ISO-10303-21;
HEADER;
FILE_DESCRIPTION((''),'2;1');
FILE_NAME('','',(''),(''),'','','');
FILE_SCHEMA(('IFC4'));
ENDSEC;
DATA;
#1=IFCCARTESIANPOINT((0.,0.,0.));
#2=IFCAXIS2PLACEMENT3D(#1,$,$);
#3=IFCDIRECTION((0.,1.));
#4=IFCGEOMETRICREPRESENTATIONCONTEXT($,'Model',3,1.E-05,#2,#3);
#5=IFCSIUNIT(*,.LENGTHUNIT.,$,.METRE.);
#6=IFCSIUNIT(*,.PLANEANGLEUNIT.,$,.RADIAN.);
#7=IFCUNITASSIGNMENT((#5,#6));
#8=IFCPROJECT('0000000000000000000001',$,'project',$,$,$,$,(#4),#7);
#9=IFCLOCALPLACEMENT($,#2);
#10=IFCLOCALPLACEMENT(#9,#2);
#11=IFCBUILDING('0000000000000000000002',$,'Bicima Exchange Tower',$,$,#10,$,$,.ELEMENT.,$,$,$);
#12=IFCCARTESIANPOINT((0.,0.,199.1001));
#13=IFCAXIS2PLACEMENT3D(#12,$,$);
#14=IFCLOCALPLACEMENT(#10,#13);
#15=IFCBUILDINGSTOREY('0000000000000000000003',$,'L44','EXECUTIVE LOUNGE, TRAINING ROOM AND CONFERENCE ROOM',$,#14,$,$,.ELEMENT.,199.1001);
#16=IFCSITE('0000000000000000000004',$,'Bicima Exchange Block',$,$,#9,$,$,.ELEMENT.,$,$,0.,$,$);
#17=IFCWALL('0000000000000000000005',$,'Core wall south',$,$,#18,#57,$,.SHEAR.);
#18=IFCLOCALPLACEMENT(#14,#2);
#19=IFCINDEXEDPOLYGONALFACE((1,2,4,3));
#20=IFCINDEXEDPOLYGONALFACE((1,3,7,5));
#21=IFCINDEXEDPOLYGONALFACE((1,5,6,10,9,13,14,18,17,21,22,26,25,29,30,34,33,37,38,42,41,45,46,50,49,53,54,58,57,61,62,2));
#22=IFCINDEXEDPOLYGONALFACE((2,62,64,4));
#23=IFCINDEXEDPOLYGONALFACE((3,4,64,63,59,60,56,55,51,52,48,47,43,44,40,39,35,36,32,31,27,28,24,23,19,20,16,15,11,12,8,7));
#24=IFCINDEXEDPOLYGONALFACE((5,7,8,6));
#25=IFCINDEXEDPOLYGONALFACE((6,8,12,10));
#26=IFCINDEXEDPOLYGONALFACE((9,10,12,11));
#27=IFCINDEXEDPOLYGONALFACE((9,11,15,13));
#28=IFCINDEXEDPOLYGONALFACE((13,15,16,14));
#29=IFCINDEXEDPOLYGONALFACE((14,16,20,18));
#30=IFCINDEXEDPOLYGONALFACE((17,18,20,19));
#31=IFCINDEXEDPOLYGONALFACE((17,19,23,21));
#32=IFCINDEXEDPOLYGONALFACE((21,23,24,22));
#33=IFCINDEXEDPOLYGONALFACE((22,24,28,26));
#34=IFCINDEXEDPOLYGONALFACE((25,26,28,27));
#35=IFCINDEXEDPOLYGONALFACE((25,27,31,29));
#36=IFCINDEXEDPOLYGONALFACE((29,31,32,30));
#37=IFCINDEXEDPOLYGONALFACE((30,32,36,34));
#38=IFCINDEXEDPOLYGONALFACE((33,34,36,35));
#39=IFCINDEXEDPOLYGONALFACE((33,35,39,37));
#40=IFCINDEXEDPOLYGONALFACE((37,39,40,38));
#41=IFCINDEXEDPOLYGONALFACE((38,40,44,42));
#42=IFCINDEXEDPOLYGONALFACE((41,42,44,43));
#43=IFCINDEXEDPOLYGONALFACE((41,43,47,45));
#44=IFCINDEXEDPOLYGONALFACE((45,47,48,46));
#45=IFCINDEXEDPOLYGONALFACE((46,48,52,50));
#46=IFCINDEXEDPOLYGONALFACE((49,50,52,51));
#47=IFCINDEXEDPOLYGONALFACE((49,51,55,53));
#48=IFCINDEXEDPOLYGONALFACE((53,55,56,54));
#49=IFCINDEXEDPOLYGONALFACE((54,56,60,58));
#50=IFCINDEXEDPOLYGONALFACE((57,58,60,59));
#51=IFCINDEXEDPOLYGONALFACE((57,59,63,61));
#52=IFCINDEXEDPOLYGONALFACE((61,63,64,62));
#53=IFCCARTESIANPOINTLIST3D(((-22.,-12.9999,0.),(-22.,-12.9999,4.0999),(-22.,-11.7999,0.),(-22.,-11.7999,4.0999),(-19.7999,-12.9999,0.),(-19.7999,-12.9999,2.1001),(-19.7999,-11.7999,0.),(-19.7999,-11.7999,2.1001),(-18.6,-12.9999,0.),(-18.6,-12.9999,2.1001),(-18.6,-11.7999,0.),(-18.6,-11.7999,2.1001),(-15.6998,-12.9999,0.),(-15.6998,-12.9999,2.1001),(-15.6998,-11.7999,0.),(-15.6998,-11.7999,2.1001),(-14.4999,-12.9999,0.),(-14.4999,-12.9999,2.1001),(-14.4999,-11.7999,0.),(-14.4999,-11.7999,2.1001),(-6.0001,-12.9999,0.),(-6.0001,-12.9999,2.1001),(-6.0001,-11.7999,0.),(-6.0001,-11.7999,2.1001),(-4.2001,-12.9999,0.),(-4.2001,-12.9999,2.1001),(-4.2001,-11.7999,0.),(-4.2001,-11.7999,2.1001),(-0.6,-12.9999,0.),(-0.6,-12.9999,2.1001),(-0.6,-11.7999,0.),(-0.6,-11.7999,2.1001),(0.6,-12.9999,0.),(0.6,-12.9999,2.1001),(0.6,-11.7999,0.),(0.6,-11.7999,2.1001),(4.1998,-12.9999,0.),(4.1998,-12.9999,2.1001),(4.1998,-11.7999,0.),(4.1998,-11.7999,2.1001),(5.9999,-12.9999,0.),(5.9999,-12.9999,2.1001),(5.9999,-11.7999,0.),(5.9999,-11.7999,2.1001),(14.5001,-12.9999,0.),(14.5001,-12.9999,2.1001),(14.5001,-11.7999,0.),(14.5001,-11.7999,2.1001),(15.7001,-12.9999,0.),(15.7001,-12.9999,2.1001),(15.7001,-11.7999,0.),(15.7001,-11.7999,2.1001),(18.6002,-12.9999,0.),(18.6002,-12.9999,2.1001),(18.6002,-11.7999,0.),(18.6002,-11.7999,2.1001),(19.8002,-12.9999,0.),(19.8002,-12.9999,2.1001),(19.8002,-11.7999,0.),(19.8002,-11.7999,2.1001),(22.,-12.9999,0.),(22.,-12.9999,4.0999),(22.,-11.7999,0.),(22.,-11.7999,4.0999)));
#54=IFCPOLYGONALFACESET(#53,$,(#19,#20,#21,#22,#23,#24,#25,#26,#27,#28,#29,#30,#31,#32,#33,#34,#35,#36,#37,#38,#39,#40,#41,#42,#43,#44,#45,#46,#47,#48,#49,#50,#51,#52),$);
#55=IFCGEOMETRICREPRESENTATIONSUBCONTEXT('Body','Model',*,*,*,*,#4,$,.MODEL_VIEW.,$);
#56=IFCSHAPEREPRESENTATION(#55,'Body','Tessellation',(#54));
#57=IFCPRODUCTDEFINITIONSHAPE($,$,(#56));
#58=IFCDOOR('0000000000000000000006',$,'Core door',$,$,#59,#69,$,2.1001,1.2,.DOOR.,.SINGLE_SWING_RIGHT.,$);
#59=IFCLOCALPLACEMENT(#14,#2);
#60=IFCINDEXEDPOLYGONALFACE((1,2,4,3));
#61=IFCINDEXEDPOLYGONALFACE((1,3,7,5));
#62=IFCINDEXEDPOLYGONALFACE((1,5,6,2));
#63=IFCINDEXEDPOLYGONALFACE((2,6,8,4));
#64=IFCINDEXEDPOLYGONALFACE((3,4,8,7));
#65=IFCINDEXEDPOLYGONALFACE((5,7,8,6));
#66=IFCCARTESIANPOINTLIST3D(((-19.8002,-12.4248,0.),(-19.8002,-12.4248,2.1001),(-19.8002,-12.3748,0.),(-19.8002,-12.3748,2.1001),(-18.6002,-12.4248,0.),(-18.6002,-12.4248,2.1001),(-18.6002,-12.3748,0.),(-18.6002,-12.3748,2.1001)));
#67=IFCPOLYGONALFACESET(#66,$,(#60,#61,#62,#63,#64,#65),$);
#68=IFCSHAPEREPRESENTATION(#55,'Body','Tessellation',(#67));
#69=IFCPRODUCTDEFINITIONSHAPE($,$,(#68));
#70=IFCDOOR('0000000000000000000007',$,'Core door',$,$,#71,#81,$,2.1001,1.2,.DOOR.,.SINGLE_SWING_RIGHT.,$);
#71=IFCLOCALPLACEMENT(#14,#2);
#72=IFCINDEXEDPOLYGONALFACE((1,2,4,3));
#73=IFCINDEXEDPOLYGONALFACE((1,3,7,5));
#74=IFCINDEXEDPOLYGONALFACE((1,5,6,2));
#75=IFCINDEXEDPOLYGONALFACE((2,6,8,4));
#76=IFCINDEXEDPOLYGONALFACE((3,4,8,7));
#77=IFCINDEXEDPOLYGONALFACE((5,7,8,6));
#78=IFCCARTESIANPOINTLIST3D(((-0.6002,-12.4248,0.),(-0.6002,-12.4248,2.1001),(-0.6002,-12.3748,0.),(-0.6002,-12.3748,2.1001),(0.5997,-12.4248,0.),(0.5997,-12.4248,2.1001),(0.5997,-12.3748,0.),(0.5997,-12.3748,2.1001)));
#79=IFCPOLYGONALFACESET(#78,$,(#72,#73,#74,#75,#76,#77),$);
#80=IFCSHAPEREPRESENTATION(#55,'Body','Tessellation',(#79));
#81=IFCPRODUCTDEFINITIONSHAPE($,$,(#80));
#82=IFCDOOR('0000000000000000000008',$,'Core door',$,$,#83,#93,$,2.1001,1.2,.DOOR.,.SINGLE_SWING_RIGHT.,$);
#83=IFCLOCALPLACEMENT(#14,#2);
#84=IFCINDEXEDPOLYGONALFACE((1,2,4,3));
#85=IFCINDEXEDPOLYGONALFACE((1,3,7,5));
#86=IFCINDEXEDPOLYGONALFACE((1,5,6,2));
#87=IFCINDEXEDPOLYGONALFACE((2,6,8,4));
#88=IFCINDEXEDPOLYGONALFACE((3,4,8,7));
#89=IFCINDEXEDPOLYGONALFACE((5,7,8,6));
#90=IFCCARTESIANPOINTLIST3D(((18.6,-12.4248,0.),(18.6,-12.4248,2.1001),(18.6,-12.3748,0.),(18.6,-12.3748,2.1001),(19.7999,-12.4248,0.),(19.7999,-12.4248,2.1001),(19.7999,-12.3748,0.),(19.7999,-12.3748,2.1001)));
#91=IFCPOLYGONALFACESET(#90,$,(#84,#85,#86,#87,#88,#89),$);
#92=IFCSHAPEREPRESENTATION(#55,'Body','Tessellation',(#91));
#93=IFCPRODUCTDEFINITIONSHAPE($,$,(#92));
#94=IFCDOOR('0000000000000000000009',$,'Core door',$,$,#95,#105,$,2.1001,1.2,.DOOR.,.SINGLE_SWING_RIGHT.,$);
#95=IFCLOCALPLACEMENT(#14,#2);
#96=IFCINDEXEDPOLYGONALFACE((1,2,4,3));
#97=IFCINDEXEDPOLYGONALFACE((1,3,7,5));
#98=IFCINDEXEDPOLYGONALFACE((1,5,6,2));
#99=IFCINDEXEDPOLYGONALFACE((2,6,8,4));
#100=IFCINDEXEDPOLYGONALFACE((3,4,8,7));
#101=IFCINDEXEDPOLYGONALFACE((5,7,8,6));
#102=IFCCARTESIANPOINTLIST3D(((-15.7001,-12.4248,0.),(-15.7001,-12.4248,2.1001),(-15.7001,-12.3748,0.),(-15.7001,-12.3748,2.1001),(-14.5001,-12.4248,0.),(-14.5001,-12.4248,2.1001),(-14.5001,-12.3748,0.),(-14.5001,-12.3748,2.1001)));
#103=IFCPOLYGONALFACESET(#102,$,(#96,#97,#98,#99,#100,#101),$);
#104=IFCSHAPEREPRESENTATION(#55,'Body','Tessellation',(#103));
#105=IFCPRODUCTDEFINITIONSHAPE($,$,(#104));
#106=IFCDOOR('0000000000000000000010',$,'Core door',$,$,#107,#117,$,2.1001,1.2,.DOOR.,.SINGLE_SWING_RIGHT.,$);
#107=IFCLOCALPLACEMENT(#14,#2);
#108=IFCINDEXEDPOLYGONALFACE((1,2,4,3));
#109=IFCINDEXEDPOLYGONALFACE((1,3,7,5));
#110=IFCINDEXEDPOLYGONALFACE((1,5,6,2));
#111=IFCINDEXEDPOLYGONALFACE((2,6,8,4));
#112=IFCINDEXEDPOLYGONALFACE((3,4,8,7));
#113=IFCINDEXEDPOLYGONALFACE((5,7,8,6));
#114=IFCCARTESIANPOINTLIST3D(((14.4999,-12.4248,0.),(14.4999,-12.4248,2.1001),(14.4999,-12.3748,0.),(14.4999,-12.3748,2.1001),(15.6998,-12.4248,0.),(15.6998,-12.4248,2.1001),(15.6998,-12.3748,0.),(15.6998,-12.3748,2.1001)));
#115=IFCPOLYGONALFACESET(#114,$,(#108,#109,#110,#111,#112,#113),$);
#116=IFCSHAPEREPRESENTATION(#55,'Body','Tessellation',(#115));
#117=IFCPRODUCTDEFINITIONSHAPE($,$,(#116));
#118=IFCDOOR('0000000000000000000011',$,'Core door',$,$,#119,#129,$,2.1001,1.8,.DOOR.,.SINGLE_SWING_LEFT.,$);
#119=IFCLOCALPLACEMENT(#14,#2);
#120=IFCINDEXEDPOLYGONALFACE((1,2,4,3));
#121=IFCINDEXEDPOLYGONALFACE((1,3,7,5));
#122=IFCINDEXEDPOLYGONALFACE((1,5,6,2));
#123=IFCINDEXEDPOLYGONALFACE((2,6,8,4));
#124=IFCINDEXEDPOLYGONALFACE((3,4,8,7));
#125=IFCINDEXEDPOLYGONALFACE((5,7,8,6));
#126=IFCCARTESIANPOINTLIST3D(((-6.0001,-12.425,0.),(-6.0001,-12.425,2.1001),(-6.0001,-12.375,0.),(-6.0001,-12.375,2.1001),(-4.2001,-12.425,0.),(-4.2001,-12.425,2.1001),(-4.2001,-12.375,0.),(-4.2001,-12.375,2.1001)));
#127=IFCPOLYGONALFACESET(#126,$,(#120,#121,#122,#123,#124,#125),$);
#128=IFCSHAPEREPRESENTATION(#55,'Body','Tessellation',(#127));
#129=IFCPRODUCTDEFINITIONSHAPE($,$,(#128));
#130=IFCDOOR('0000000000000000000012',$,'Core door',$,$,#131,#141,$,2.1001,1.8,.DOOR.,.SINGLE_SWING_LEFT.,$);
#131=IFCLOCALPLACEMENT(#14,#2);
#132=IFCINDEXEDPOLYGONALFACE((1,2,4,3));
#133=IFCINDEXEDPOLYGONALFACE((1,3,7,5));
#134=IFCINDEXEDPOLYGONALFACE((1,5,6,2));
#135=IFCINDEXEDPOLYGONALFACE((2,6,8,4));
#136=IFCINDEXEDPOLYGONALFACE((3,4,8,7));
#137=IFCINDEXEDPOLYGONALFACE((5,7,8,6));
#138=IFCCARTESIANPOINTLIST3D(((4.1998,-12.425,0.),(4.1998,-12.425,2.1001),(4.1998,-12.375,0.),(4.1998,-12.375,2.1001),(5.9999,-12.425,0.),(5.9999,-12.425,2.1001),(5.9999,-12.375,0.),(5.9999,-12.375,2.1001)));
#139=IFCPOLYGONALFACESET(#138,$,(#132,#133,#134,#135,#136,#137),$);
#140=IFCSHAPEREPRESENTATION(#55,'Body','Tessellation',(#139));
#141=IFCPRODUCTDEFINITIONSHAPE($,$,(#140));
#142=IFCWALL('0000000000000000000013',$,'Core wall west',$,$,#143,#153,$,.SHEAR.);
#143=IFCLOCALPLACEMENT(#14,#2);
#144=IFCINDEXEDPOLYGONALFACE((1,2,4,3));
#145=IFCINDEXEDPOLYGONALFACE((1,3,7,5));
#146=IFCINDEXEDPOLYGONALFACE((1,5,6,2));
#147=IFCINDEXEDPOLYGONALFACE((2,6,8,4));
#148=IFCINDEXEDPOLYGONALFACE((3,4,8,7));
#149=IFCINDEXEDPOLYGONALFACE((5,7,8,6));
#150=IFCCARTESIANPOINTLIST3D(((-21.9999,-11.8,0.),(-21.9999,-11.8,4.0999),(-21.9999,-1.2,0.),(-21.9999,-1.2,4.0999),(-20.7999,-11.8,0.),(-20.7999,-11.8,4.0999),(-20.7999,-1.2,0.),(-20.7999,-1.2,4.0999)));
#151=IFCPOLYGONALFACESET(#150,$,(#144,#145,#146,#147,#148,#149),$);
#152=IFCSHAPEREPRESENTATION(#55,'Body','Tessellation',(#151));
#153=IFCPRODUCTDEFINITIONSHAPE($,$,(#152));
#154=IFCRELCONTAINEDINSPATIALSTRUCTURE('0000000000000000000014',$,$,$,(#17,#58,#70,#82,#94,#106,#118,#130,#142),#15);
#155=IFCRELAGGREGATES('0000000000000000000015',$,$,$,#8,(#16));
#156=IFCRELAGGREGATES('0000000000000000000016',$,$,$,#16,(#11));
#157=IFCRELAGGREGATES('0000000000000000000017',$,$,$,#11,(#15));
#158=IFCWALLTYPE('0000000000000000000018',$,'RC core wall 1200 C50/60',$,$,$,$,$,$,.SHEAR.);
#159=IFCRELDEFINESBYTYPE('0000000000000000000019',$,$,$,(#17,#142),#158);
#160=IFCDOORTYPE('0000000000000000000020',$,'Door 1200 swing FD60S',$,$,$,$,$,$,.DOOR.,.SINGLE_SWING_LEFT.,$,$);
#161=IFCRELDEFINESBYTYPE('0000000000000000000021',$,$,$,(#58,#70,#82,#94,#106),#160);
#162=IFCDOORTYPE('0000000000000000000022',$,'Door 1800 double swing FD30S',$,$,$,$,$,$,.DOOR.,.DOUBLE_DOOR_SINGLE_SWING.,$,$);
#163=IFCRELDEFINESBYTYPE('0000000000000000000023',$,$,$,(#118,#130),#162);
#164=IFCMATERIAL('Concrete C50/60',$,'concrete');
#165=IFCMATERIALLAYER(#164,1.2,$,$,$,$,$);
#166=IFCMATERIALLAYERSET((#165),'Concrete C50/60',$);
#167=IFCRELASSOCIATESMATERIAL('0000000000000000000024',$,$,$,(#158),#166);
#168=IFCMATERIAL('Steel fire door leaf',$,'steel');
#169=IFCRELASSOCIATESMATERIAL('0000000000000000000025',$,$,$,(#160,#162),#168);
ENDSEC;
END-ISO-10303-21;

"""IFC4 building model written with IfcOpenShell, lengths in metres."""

from ifc_helpers import new_model, si_unit, direction, frame, frame_2d, origin, place, context, subcontext, project, spatial, rectangle, extrude, material, layer, layer_set, type_object, element, fill, save


model = new_model("IFC4")

# Units and contexts
model_context = context("Model", 3, precision=1e-05, world=origin(), true_north=direction((0.0, 1.0)))
body_context = subcontext(model_context, "Body", "Model", "MODEL_VIEW")
ifc_project = project(units=[si_unit("LENGTHUNIT", "METRE"), si_unit("PLANEANGLEUNIT", "RADIAN")], contexts=[model_context])

# Site, building, storey
site_placement = place(None, origin())
site = spatial("IfcSite", under=ifc_project, at=site_placement, Name="Bicima Exchange Block", CompositionType="ELEMENT", RefElevation=0.0)
building_placement = place(site_placement, origin())
building = spatial("IfcBuilding", under=site, at=building_placement, Name="Bicima Exchange Tower", CompositionType="ELEMENT")
storey_placement = place(building_placement, frame((0.0, 0.0, 199.1001)))
storey = spatial("IfcBuildingStorey", under=building, at=storey_placement, Name="L44", Description="EXECUTIVE LOUNGE, TRAINING ROOM AND CONFERENCE ROOM", CompositionType="ELEMENT", Elevation=199.1001)

# Wall, openings, doors
ifc_material_1 = material(Name="Concrete C50/60", Category="concrete")
ifc_layer_1 = layer(ifc_material_1, 1.2)
ifc_layer_set_1 = layer_set([ifc_layer_1], Name="Concrete C50/60")
wall_type_1 = type_object("IfcWallType", Name="RC core wall 1200 C50/60", PredefinedType="SHEAR", material=ifc_layer_set_1)
wall_1_placement = place(storey_placement, frame((-22.0, -12.3999, 0.0), z_axis=(0.0, 0.0, 1.0), x_axis=(1.0, 0.0, 0.0)))
wall_1 = element("IfcWall", 1, at=wall_1_placement, inside=storey, type_object=wall_type_1, Name="Core wall south", PredefinedType="SHEAR", context=body_context, shape_type="SweptSolid", body=[
    extrude(rectangle(XDim=44.0, YDim=1.2, at=frame_2d((22.0, 0.0))), origin(), (0.0, 0.0, 1.0), 4.0999),
])
opening_1_placement = place(wall_1_placement, frame((2.2, 0.0, 0.0)))
opening_1 = element("IfcOpeningElement", 2, at=opening_1_placement, cuts=wall_1, PredefinedType="OPENING", context=body_context, shape_type="SweptSolid", body=[
    extrude(rectangle(XDim=1.2, YDim=2.1001, at=frame_2d((0.6001, 1.05))), frame((0.0, 0.6118, 0.0), z_axis=(0.0, -1.0, 0.0), x_axis=(1.0, 0.0, 0.0)), (0.0, 0.0, 1.0), 1.2239),
])
opening_2_placement = place(wall_1_placement, frame((21.3999, 0.0, 0.0)))
opening_2 = element("IfcOpeningElement", 3, at=opening_2_placement, cuts=wall_1, PredefinedType="OPENING", context=body_context, shape_type="SweptSolid", body=[
    extrude(rectangle(XDim=1.2, YDim=2.1001, at=frame_2d((0.6001, 1.05))), frame((0.0, 0.6118, 0.0), z_axis=(0.0, -1.0, 0.0), x_axis=(1.0, 0.0, 0.0)), (0.0, 0.0, 1.0), 1.2239),
])
opening_3_placement = place(wall_1_placement, frame((40.6001, 0.0, 0.0)))
opening_3 = element("IfcOpeningElement", 4, at=opening_3_placement, cuts=wall_1, PredefinedType="OPENING", context=body_context, shape_type="SweptSolid", body=[
    extrude(rectangle(XDim=1.2, YDim=2.1001, at=frame_2d((0.6001, 1.05))), frame((0.0, 0.6118, 0.0), z_axis=(0.0, -1.0, 0.0), x_axis=(1.0, 0.0, 0.0)), (0.0, 0.0, 1.0), 1.2239),
])
opening_4_placement = place(wall_1_placement, frame((16.0, 0.0, 0.0)))
opening_4 = element("IfcOpeningElement", 5, at=opening_4_placement, cuts=wall_1, PredefinedType="OPENING", context=body_context, shape_type="SweptSolid", body=[
    extrude(rectangle(XDim=1.8, YDim=2.1001, at=frame_2d((0.8999, 1.05))), frame((0.0, 0.6118, 0.0), z_axis=(0.0, -1.0, 0.0), x_axis=(1.0, 0.0, 0.0)), (0.0, 0.0, 1.0), 1.2239),
])
opening_5_placement = place(wall_1_placement, frame((6.3, 0.0, 0.0)))
opening_5 = element("IfcOpeningElement", 6, at=opening_5_placement, cuts=wall_1, PredefinedType="OPENING", context=body_context, shape_type="SweptSolid", body=[
    extrude(rectangle(XDim=1.2, YDim=2.1001, at=frame_2d((0.6001, 1.05))), frame((0.0, 0.6118, 0.0), z_axis=(0.0, -1.0, 0.0), x_axis=(1.0, 0.0, 0.0)), (0.0, 0.0, 1.0), 1.2239),
])
opening_6_placement = place(wall_1_placement, frame((26.2, 0.0, 0.0)))
opening_6 = element("IfcOpeningElement", 7, at=opening_6_placement, cuts=wall_1, PredefinedType="OPENING", context=body_context, shape_type="SweptSolid", body=[
    extrude(rectangle(XDim=1.8, YDim=2.1001, at=frame_2d((0.8999, 1.05))), frame((0.0, 0.6118, 0.0), z_axis=(0.0, -1.0, 0.0), x_axis=(1.0, 0.0, 0.0)), (0.0, 0.0, 1.0), 1.2239),
])
opening_7_placement = place(wall_1_placement, frame((36.5, 0.0, 0.0)))
opening_7 = element("IfcOpeningElement", 8, at=opening_7_placement, cuts=wall_1, PredefinedType="OPENING", context=body_context, shape_type="SweptSolid", body=[
    extrude(rectangle(XDim=1.2, YDim=2.1001, at=frame_2d((0.6001, 1.05))), frame((0.0, 0.6118, 0.0), z_axis=(0.0, -1.0, 0.0), x_axis=(1.0, 0.0, 0.0)), (0.0, 0.0, 1.0), 1.2239),
])
ifc_material_2 = material(Name="Steel fire door leaf", Category="steel")
door_type_1 = type_object("IfcDoorType", Name="Door 1200 swing FD60S", OperationType="SINGLE_SWING_LEFT", PredefinedType="DOOR", material=ifc_material_2)
door_1_placement = place(opening_1_placement, frame((1.2, 0.0, 0.0), z_axis=(0.0, 0.0, 1.0), x_axis=(-1.0, 0.0, 0.0)))
door_1 = element("IfcDoor", 9, at=door_1_placement, inside=storey, type_object=door_type_1, Name="Core door", OperationType="SINGLE_SWING_RIGHT", OverallHeight=2.1001, OverallWidth=1.2, PredefinedType="DOOR", context=body_context, shape_type="SweptSolid", body=[
    extrude(rectangle(XDim=1.2, YDim=2.1001, at=frame_2d((0.6001, 1.05))), frame((0.0, 0.0249, 0.0), z_axis=(0.0, -1.0, 0.0), x_axis=(1.0, 0.0, 0.0)), (0.0, 0.0, 1.0), 0.05),
])
fill(opening_1, door_1)
door_2_placement = place(opening_2_placement, frame((1.2, 0.0, 0.0), z_axis=(0.0, 0.0, 1.0), x_axis=(-1.0, 0.0, 0.0)))
door_2 = element("IfcDoor", 10, at=door_2_placement, inside=storey, type_object=door_type_1, Name="Core door", OperationType="SINGLE_SWING_RIGHT", OverallHeight=2.1001, OverallWidth=1.2, PredefinedType="DOOR", context=body_context, shape_type="SweptSolid", body=[
    extrude(rectangle(XDim=1.2, YDim=2.1001, at=frame_2d((0.6001, 1.05))), frame((0.0, 0.0249, 0.0), z_axis=(0.0, -1.0, 0.0), x_axis=(1.0, 0.0, 0.0)), (0.0, 0.0, 1.0), 0.05),
])
fill(opening_2, door_2)
door_3_placement = place(opening_3_placement, frame((1.2, 0.0, 0.0), z_axis=(0.0, 0.0, 1.0), x_axis=(-1.0, 0.0, 0.0)))
door_3 = element("IfcDoor", 11, at=door_3_placement, inside=storey, type_object=door_type_1, Name="Core door", OperationType="SINGLE_SWING_RIGHT", OverallHeight=2.1001, OverallWidth=1.2, PredefinedType="DOOR", context=body_context, shape_type="SweptSolid", body=[
    extrude(rectangle(XDim=1.2, YDim=2.1001, at=frame_2d((0.6001, 1.05))), frame((0.0, 0.0249, 0.0), z_axis=(0.0, -1.0, 0.0), x_axis=(1.0, 0.0, 0.0)), (0.0, 0.0, 1.0), 0.05),
])
fill(opening_3, door_3)
door_4_placement = place(opening_5_placement, frame((1.2, 0.0, 0.0), z_axis=(0.0, 0.0, 1.0), x_axis=(-1.0, 0.0, 0.0)))
door_4 = element("IfcDoor", 12, at=door_4_placement, inside=storey, type_object=door_type_1, Name="Core door", OperationType="SINGLE_SWING_RIGHT", OverallHeight=2.1001, OverallWidth=1.2, PredefinedType="DOOR", context=body_context, shape_type="SweptSolid", body=[
    extrude(rectangle(XDim=1.2, YDim=2.1001, at=frame_2d((0.6001, 1.05))), frame((0.0, 0.0249, 0.0), z_axis=(0.0, -1.0, 0.0), x_axis=(1.0, 0.0, 0.0)), (0.0, 0.0, 1.0), 0.05),
])
fill(opening_5, door_4)
door_5_placement = place(opening_7_placement, frame((1.2, 0.0, 0.0), z_axis=(0.0, 0.0, 1.0), x_axis=(-1.0, 0.0, 0.0)))
door_5 = element("IfcDoor", 13, at=door_5_placement, inside=storey, type_object=door_type_1, Name="Core door", OperationType="SINGLE_SWING_RIGHT", OverallHeight=2.1001, OverallWidth=1.2, PredefinedType="DOOR", context=body_context, shape_type="SweptSolid", body=[
    extrude(rectangle(XDim=1.2, YDim=2.1001, at=frame_2d((0.6001, 1.05))), frame((0.0, 0.0249, 0.0), z_axis=(0.0, -1.0, 0.0), x_axis=(1.0, 0.0, 0.0)), (0.0, 0.0, 1.0), 0.05),
])
fill(opening_7, door_5)
door_type_2 = type_object("IfcDoorType", Name="Door 1800 double swing FD30S", OperationType="DOUBLE_DOOR_SINGLE_SWING", PredefinedType="DOOR", material=ifc_material_2)
door_6_placement = place(opening_4_placement, origin())
door_6 = element("IfcDoor", 14, at=door_6_placement, inside=storey, type_object=door_type_2, Name="Core door", OperationType="SINGLE_SWING_LEFT", OverallHeight=2.1001, OverallWidth=1.8, PredefinedType="DOOR", context=body_context, shape_type="SweptSolid", body=[
    extrude(rectangle(XDim=1.8, YDim=2.1001, at=frame_2d((0.8999, 1.05))), frame((0.0, 0.0249, 0.0), z_axis=(0.0, -1.0, 0.0), x_axis=(1.0, 0.0, 0.0)), (0.0, 0.0, 1.0), 0.05),
])
fill(opening_4, door_6)
door_7_placement = place(opening_6_placement, origin())
door_7 = element("IfcDoor", 15, at=door_7_placement, inside=storey, type_object=door_type_2, Name="Core door", OperationType="SINGLE_SWING_LEFT", OverallHeight=2.1001, OverallWidth=1.8, PredefinedType="DOOR", context=body_context, shape_type="SweptSolid", body=[
    extrude(rectangle(XDim=1.8, YDim=2.1001, at=frame_2d((0.8999, 1.05))), frame((0.0, 0.0249, 0.0), z_axis=(0.0, -1.0, 0.0), x_axis=(1.0, 0.0, 0.0)), (0.0, 0.0, 1.0), 0.05),
])
fill(opening_6, door_7)

# Wall
wall_2_placement = place(storey_placement, frame((-21.3999, -11.8, 0.0), z_axis=(0.0, 0.0, 1.0), x_axis=(0.0, 1.0, 0.0)))
element("IfcWall", 16, at=wall_2_placement, inside=storey, type_object=wall_type_1, Name="Core wall west", PredefinedType="SHEAR", context=body_context, shape_type="SweptSolid", body=[
    extrude(rectangle(XDim=10.6001, YDim=1.2, at=frame_2d((5.3, 0.0))), origin(), (0.0, 0.0, 1.0), 4.0999),
])

save(model, "model.ifc")
